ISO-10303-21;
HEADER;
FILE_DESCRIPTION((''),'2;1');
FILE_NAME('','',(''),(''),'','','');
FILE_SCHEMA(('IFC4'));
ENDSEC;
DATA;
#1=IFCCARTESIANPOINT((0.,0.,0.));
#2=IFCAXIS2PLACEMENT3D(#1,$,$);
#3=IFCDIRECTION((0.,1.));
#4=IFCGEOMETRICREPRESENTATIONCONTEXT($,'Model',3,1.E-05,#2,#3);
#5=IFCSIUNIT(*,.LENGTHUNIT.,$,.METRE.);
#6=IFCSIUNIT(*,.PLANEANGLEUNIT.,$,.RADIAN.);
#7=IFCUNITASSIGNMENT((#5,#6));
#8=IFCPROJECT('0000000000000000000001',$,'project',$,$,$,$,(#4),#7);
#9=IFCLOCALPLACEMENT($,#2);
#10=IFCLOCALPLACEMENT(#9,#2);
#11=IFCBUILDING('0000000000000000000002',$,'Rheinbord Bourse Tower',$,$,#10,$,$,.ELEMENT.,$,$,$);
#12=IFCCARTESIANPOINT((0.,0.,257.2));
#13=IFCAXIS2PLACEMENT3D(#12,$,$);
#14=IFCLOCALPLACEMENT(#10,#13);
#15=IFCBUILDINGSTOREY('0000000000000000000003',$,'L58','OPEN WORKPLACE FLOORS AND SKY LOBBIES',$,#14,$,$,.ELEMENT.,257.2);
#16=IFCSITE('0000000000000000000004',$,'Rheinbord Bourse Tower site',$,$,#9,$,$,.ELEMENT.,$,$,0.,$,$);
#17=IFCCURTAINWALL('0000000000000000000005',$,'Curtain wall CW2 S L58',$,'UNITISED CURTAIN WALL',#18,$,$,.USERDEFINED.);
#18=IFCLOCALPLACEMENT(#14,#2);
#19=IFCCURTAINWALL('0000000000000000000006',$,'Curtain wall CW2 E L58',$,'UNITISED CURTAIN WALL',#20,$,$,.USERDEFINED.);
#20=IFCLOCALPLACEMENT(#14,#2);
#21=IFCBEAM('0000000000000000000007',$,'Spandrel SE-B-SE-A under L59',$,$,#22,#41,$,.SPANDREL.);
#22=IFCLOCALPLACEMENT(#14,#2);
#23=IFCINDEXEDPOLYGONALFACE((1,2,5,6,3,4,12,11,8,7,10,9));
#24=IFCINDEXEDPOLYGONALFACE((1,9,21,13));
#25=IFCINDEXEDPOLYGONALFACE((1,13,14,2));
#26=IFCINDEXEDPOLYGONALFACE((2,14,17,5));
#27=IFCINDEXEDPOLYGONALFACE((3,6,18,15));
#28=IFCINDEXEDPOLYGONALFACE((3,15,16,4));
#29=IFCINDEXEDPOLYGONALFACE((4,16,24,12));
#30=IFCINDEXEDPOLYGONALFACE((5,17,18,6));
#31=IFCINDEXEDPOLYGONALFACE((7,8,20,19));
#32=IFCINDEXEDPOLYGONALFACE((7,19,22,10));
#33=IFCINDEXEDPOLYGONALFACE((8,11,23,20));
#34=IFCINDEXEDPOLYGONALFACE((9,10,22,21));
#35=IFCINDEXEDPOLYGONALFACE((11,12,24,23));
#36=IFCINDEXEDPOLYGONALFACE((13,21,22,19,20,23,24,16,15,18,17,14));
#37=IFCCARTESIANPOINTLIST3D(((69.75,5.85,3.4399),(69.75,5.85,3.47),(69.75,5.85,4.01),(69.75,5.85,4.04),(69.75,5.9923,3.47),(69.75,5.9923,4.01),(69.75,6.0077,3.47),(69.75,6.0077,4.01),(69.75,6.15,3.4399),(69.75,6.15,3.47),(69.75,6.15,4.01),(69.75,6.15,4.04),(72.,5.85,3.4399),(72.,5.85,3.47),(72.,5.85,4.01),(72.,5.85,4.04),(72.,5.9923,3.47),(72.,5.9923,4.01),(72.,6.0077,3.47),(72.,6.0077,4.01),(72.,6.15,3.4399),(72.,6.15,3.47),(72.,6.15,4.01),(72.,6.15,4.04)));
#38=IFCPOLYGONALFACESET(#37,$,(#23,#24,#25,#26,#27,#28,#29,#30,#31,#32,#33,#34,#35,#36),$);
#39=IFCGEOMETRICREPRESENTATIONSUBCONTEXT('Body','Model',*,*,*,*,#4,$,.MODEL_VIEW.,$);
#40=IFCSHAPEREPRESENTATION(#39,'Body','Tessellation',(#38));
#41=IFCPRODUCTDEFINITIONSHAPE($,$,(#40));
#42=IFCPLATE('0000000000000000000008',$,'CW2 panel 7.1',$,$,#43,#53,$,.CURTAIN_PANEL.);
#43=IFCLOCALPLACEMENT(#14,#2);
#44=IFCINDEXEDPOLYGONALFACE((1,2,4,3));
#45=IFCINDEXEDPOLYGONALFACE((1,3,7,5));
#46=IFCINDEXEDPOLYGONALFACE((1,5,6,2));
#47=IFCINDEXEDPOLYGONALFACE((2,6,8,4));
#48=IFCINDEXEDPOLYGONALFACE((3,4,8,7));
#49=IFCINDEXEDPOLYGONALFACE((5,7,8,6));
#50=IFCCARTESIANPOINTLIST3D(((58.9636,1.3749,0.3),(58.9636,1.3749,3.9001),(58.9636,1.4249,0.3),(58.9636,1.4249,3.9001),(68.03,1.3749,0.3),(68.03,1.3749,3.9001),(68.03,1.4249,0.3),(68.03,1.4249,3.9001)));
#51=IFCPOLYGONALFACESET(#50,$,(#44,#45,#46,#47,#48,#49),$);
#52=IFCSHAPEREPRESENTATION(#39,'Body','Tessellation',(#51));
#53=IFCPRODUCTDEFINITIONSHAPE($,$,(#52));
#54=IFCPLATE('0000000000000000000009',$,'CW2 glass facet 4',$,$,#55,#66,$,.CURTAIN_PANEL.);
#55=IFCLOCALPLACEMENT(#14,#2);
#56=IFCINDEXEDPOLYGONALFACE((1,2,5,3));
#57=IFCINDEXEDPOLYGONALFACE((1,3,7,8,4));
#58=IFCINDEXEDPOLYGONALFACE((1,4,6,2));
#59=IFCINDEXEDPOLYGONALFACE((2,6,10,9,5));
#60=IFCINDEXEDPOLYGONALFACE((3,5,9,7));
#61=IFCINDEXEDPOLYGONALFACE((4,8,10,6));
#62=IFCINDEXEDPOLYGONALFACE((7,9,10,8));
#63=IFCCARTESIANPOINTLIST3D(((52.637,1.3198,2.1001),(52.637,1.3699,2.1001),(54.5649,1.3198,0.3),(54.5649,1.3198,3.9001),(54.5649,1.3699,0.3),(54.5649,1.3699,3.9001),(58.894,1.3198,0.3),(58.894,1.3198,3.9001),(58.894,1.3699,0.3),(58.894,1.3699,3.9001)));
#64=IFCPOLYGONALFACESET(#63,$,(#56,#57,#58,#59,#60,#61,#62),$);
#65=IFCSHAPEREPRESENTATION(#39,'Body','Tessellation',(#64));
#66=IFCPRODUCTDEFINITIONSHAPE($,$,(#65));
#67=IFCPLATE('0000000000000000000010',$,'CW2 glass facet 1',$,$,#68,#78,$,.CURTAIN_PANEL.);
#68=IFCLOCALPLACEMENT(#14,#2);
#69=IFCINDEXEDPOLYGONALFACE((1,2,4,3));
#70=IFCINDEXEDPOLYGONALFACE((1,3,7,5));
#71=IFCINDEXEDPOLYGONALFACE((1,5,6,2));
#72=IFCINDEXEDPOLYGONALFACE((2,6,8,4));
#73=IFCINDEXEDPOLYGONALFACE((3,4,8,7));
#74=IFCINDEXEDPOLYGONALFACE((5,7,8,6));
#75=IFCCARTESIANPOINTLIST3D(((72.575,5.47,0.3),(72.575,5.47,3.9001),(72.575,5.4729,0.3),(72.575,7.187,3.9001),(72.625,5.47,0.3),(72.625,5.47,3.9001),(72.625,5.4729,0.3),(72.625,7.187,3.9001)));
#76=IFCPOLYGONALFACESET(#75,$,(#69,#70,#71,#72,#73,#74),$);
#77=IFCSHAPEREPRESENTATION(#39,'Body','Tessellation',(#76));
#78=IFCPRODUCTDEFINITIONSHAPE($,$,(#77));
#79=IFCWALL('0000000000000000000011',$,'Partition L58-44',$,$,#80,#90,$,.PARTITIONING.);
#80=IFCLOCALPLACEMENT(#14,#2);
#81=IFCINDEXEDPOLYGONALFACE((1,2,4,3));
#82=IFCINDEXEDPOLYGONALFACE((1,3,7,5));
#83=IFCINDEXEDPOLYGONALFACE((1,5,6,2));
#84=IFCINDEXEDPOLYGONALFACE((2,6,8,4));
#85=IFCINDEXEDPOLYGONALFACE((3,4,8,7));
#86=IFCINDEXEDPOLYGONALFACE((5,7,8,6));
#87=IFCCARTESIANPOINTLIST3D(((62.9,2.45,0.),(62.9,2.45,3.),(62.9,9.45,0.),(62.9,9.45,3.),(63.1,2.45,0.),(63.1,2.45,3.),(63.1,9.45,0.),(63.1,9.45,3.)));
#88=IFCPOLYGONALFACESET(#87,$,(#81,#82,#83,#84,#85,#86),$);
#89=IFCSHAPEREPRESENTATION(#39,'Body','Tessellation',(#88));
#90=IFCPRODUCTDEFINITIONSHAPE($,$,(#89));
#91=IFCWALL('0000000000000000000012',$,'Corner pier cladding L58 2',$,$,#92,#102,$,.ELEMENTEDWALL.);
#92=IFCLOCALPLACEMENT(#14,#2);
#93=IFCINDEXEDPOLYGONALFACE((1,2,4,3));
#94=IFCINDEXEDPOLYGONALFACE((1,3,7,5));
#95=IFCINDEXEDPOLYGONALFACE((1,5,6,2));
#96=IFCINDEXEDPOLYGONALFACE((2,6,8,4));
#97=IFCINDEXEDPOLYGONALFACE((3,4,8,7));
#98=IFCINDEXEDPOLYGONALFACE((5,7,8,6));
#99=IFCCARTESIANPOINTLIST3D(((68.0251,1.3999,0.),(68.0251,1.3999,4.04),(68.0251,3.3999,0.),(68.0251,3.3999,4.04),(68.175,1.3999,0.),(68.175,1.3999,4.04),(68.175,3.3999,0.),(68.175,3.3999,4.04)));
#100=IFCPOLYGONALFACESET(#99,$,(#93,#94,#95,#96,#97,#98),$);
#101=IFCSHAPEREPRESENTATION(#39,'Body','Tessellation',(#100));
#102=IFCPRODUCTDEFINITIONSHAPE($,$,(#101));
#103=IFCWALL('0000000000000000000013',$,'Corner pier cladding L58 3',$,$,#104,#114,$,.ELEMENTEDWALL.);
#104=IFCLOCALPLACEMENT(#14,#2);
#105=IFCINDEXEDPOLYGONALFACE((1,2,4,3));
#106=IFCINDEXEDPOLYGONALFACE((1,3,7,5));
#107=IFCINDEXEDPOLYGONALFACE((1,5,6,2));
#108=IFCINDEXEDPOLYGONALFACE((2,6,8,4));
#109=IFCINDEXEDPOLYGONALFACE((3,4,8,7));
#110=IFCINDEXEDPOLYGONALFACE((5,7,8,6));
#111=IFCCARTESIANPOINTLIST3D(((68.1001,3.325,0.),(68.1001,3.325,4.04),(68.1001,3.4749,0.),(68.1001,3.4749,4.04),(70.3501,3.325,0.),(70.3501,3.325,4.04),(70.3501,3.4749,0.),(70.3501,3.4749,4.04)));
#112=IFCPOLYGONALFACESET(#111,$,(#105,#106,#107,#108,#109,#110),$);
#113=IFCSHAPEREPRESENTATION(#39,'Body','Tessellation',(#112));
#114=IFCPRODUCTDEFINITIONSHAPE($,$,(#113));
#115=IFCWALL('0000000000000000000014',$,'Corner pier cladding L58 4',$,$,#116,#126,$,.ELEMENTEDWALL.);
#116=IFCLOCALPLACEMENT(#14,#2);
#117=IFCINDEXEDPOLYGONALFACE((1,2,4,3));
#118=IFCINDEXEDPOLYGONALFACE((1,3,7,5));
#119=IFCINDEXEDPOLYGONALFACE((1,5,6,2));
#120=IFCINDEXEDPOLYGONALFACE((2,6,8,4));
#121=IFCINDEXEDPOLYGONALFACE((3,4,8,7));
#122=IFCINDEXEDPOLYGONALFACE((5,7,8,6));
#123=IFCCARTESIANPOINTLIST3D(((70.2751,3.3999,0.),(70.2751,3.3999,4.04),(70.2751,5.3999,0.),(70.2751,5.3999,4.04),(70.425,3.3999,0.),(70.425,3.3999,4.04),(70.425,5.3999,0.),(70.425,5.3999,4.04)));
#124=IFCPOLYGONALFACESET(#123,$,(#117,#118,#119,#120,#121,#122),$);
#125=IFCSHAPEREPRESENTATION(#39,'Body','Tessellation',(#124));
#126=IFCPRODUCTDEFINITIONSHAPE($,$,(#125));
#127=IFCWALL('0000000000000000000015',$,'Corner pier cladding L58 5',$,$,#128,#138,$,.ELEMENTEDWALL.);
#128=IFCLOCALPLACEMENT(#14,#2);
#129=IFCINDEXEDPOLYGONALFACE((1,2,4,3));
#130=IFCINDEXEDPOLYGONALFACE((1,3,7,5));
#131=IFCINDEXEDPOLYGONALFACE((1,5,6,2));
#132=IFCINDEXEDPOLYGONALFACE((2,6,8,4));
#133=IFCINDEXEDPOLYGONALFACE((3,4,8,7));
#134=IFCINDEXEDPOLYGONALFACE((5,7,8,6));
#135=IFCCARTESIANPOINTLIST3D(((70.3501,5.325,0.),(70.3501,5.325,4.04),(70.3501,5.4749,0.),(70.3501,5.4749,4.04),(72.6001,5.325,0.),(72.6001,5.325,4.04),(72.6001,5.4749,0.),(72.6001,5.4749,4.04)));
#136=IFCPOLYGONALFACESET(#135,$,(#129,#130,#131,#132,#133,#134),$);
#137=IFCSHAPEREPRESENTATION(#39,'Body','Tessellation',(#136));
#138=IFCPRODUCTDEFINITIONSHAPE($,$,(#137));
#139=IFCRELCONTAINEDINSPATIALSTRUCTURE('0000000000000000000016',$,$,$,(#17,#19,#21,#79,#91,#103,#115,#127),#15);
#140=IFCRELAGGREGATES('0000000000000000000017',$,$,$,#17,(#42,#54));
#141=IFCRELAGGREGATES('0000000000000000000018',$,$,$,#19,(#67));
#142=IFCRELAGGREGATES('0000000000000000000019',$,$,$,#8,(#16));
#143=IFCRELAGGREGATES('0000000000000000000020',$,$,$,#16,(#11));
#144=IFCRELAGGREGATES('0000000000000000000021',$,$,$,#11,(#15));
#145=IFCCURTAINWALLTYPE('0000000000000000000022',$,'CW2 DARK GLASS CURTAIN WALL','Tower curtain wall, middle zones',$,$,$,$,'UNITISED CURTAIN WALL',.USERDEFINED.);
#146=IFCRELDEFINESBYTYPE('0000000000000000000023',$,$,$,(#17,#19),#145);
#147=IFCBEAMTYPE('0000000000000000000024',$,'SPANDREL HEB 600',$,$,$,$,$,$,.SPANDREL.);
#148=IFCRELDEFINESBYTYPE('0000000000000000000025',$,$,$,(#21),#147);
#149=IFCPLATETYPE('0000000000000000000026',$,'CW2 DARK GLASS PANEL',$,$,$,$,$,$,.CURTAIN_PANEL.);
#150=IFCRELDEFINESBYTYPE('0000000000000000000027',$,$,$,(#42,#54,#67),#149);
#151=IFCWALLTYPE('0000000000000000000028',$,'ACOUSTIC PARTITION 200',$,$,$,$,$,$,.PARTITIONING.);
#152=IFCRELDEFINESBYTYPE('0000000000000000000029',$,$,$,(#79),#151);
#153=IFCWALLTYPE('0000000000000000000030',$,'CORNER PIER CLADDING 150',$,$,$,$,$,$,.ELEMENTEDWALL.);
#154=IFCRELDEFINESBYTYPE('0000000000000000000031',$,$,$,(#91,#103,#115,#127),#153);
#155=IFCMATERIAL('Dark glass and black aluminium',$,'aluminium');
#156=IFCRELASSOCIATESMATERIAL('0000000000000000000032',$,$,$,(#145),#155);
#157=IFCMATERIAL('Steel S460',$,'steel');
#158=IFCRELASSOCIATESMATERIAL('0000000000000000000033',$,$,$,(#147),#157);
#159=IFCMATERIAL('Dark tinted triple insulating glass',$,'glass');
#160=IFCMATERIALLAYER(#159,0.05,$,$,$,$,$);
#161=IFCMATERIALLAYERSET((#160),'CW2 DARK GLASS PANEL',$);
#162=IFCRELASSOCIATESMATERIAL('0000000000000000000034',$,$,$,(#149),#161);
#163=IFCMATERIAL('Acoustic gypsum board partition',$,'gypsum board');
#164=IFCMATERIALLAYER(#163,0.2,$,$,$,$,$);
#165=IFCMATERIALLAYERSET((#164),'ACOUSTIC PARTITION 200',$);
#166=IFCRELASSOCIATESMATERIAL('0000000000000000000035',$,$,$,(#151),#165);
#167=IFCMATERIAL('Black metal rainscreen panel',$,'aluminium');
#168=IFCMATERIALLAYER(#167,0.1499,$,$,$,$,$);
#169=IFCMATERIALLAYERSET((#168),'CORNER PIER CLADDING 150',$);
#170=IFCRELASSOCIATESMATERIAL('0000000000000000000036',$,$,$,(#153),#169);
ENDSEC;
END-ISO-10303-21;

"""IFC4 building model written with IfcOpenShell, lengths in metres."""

from ifc_helpers import new_model, si_unit, direction, frame, frame_2d, origin, origin_2d, place, context, subcontext, project, spatial, polyline, rectangle, i_section, outline, extrude, material, layer, layer_set, material_profile, profile_set, type_object, element, aggregate, save


model = new_model("IFC4")

# Units and contexts
model_context = context("Model", 3, precision=1e-05, world=origin(), true_north=direction((0.0, 1.0)))
body_context = subcontext(model_context, "Body", "Model", "MODEL_VIEW")
ifc_project = project(units=[si_unit("LENGTHUNIT", "METRE"), si_unit("PLANEANGLEUNIT", "RADIAN")], contexts=[model_context])

# Site, building, storey
site_placement = place(None, origin())
site = spatial("IfcSite", under=ifc_project, at=site_placement, Name="Rheinbord Bourse Tower site", CompositionType="ELEMENT", RefElevation=0.0)
building_placement = place(site_placement, origin())
building = spatial("IfcBuilding", under=site, at=building_placement, Name="Rheinbord Bourse Tower", CompositionType="ELEMENT")
storey_placement = place(building_placement, frame((0.0, 0.0, 257.2)))
storey = spatial("IfcBuildingStorey", under=building, at=storey_placement, Name="L58", Description="OPEN WORKPLACE FLOORS AND SKY LOBBIES", CompositionType="ELEMENT", Elevation=257.2)

# Curtain wall
ifc_material_1 = material(Name="Dark glass and black aluminium", Category="aluminium")
curtain_wall_type = type_object("IfcCurtainWallType", Name="CW2 DARK GLASS CURTAIN WALL", Description="Tower curtain wall, middle zones", ElementType="UNITISED CURTAIN WALL", PredefinedType="USERDEFINED", material=ifc_material_1)
curtain_wall_1_placement = place(storey_placement, origin())
curtain_wall_1 = element("IfcCurtainWall", 1, at=curtain_wall_1_placement, inside=storey, type_object=curtain_wall_type, Name="Curtain wall CW2 S L58", ObjectType="UNITISED CURTAIN WALL", PredefinedType="USERDEFINED")

# Curtain wall
curtain_wall_2_placement = place(storey_placement, origin())
curtain_wall_2 = element("IfcCurtainWall", 2, at=curtain_wall_2_placement, inside=storey, type_object=curtain_wall_type, Name="Curtain wall CW2 E L58", ObjectType="UNITISED CURTAIN WALL", PredefinedType="USERDEFINED")

# Beam
ifc_material_2 = material(Name="Steel S460", Category="steel")
ifc_material_profile_1 = material_profile(ifc_material_2, i_section(OverallWidth=0.3, OverallDepth=0.6001, WebThickness=0.0154, FlangeThickness=0.03, at=origin_2d()), Name="HEB 600")
ifc_profile_set_1 = profile_set([ifc_material_profile_1], Name="Steel S460")
beam_type_1 = type_object("IfcBeamType", Name="SPANDREL HEB 600", PredefinedType="SPANDREL", material=ifc_profile_set_1)
beam_1_placement = place(storey_placement, frame((69.75, 6.0, 3.74), z_axis=(1.0, 0.0, 0.0), x_axis=(0.0, 1.0, 0.0)))
element("IfcBeam", 3, at=beam_1_placement, inside=storey, type_object=beam_type_1, Name="Spandrel SE-B-SE-A under L59", PredefinedType="SPANDREL", context=body_context, shape_type="SweptSolid", body=[
    extrude(i_section(OverallWidth=0.3, OverallDepth=0.6001, WebThickness=0.0154, FlangeThickness=0.03, at=origin_2d()), origin(), (0.0, 0.0, 1.0), 2.25),
])

# Plates
ifc_material_3 = material(Name="Dark tinted triple insulating glass", Category="glass")
ifc_layer_1 = layer(ifc_material_3, 0.05)
ifc_layer_set_1 = layer_set([ifc_layer_1], Name="CW2 DARK GLASS PANEL")
plate_type = type_object("IfcPlateType", Name="CW2 DARK GLASS PANEL", PredefinedType="CURTAIN_PANEL", material=ifc_layer_set_1)
plate_1_placement = place(storey_placement, frame((63.4968, 1.3999, 0.3), z_axis=(0.0, 0.0, 1.0), x_axis=(1.0, 0.0, 0.0)))
plate_1 = element("IfcPlate", 4, at=plate_1_placement, type_object=plate_type, Name="CW2 panel 7.1", PredefinedType="CURTAIN_PANEL", context=body_context, shape_type="SweptSolid", body=[
    extrude(rectangle(XDim=9.0664, YDim=0.05, at=origin_2d()), origin(), (0.0, 0.0, 1.0), 3.6001),
])
plate_2_placement = place(storey_placement, frame((58.894, 1.3198, 3.9001), z_axis=(0.0, 1.0, 0.0), x_axis=(0.0, 0.0, -1.0)))
plate_2 = element("IfcPlate", 5, at=plate_2_placement, type_object=plate_type, Name="CW2 glass facet 4", PredefinedType="CURTAIN_PANEL", context=body_context, shape_type="SweptSolid", body=[
    extrude(outline(polyline([(0.0, 0.0), (3.6001, 0.0), (3.6001, 4.3291), (1.8, 6.2571), (0.0, 4.3291), (0.0, 0.0)])), origin(), (0.0, 0.0, 1.0), 0.05),
])
aggregate(curtain_wall_1, [plate_1, plate_2])
plate_3_placement = place(storey_placement, frame((72.625, 5.47, 0.3), z_axis=(-1.0, 0.0, 0.0), x_axis=(0.0, 0.0, 1.0)))
plate_3 = element("IfcPlate", 6, at=plate_3_placement, type_object=plate_type, Name="CW2 glass facet 1", PredefinedType="CURTAIN_PANEL", context=body_context, shape_type="SweptSolid", body=[
    extrude(outline(polyline([(0.0, 0.0), (3.6001, 0.0), (3.6001, 1.717), (0.0, 0.0029), (0.0, 0.0)])), origin(), (0.0, 0.0, 1.0), 0.05),
])
aggregate(curtain_wall_2, [plate_3])

# Walls
ifc_material_4 = material(Name="Acoustic gypsum board partition", Category="gypsum board")
ifc_layer_2 = layer(ifc_material_4, 0.2)
ifc_layer_set_2 = layer_set([ifc_layer_2], Name="ACOUSTIC PARTITION 200")
wall_type_1 = type_object("IfcWallType", Name="ACOUSTIC PARTITION 200", PredefinedType="PARTITIONING", material=ifc_layer_set_2)
wall_1_placement = place(storey_placement, frame((63.0, 2.45, 0.0), z_axis=(0.0, 0.0, 1.0), x_axis=(0.0, 1.0, 0.0)))
element("IfcWall", 7, at=wall_1_placement, inside=storey, type_object=wall_type_1, Name="Partition L58-44", PredefinedType="PARTITIONING", context=body_context, shape_type="SweptSolid", body=[
    extrude(rectangle(XDim=7.0, YDim=0.2, at=frame_2d((3.5, 0.0))), origin(), (0.0, 0.0, 1.0), 3.0),
])
ifc_material_5 = material(Name="Black metal rainscreen panel", Category="aluminium")
ifc_layer_3 = layer(ifc_material_5, 0.1499)
ifc_layer_set_3 = layer_set([ifc_layer_3], Name="CORNER PIER CLADDING 150")
wall_type_2 = type_object("IfcWallType", Name="CORNER PIER CLADDING 150", PredefinedType="ELEMENTEDWALL", material=ifc_layer_set_3)
wall_2_placement = place(storey_placement, frame((68.1001, 1.3999, 0.0), z_axis=(0.0, 0.0, 1.0), x_axis=(0.0, 1.0, 0.0)))
element("IfcWall", 8, at=wall_2_placement, inside=storey, type_object=wall_type_2, Name="Corner pier cladding L58 2", PredefinedType="ELEMENTEDWALL", context=body_context, shape_type="SweptSolid", body=[
    extrude(rectangle(XDim=2.0, YDim=0.1499, at=frame_2d((1.0, 0.0))), origin(), (0.0, 0.0, 1.0), 4.04),
])
wall_3_placement = place(storey_placement, frame((68.1001, 3.3999, 0.0), z_axis=(0.0, 0.0, 1.0), x_axis=(1.0, 0.0, 0.0)))
element("IfcWall", 9, at=wall_3_placement, inside=storey, type_object=wall_type_2, Name="Corner pier cladding L58 3", PredefinedType="ELEMENTEDWALL", context=body_context, shape_type="SweptSolid", body=[
    extrude(rectangle(XDim=2.25, YDim=0.1499, at=frame_2d((1.125, 0.0))), origin(), (0.0, 0.0, 1.0), 4.04),
])
wall_4_placement = place(storey_placement, frame((70.3501, 3.3999, 0.0), z_axis=(0.0, 0.0, 1.0), x_axis=(0.0, 1.0, 0.0)))
element("IfcWall", 10, at=wall_4_placement, inside=storey, type_object=wall_type_2, Name="Corner pier cladding L58 4", PredefinedType="ELEMENTEDWALL", context=body_context, shape_type="SweptSolid", body=[
    extrude(rectangle(XDim=2.0, YDim=0.1499, at=frame_2d((1.0, 0.0))), origin(), (0.0, 0.0, 1.0), 4.04),
])
wall_5_placement = place(storey_placement, frame((70.3501, 5.3999, 0.0), z_axis=(0.0, 0.0, 1.0), x_axis=(1.0, 0.0, 0.0)))
element("IfcWall", 11, at=wall_5_placement, inside=storey, type_object=wall_type_2, Name="Corner pier cladding L58 5", PredefinedType="ELEMENTEDWALL", context=body_context, shape_type="SweptSolid", body=[
    extrude(rectangle(XDim=2.25, YDim=0.1499, at=frame_2d((1.125, 0.0))), origin(), (0.0, 0.0, 1.0), 4.04),
])

save(model, "model.ifc")
